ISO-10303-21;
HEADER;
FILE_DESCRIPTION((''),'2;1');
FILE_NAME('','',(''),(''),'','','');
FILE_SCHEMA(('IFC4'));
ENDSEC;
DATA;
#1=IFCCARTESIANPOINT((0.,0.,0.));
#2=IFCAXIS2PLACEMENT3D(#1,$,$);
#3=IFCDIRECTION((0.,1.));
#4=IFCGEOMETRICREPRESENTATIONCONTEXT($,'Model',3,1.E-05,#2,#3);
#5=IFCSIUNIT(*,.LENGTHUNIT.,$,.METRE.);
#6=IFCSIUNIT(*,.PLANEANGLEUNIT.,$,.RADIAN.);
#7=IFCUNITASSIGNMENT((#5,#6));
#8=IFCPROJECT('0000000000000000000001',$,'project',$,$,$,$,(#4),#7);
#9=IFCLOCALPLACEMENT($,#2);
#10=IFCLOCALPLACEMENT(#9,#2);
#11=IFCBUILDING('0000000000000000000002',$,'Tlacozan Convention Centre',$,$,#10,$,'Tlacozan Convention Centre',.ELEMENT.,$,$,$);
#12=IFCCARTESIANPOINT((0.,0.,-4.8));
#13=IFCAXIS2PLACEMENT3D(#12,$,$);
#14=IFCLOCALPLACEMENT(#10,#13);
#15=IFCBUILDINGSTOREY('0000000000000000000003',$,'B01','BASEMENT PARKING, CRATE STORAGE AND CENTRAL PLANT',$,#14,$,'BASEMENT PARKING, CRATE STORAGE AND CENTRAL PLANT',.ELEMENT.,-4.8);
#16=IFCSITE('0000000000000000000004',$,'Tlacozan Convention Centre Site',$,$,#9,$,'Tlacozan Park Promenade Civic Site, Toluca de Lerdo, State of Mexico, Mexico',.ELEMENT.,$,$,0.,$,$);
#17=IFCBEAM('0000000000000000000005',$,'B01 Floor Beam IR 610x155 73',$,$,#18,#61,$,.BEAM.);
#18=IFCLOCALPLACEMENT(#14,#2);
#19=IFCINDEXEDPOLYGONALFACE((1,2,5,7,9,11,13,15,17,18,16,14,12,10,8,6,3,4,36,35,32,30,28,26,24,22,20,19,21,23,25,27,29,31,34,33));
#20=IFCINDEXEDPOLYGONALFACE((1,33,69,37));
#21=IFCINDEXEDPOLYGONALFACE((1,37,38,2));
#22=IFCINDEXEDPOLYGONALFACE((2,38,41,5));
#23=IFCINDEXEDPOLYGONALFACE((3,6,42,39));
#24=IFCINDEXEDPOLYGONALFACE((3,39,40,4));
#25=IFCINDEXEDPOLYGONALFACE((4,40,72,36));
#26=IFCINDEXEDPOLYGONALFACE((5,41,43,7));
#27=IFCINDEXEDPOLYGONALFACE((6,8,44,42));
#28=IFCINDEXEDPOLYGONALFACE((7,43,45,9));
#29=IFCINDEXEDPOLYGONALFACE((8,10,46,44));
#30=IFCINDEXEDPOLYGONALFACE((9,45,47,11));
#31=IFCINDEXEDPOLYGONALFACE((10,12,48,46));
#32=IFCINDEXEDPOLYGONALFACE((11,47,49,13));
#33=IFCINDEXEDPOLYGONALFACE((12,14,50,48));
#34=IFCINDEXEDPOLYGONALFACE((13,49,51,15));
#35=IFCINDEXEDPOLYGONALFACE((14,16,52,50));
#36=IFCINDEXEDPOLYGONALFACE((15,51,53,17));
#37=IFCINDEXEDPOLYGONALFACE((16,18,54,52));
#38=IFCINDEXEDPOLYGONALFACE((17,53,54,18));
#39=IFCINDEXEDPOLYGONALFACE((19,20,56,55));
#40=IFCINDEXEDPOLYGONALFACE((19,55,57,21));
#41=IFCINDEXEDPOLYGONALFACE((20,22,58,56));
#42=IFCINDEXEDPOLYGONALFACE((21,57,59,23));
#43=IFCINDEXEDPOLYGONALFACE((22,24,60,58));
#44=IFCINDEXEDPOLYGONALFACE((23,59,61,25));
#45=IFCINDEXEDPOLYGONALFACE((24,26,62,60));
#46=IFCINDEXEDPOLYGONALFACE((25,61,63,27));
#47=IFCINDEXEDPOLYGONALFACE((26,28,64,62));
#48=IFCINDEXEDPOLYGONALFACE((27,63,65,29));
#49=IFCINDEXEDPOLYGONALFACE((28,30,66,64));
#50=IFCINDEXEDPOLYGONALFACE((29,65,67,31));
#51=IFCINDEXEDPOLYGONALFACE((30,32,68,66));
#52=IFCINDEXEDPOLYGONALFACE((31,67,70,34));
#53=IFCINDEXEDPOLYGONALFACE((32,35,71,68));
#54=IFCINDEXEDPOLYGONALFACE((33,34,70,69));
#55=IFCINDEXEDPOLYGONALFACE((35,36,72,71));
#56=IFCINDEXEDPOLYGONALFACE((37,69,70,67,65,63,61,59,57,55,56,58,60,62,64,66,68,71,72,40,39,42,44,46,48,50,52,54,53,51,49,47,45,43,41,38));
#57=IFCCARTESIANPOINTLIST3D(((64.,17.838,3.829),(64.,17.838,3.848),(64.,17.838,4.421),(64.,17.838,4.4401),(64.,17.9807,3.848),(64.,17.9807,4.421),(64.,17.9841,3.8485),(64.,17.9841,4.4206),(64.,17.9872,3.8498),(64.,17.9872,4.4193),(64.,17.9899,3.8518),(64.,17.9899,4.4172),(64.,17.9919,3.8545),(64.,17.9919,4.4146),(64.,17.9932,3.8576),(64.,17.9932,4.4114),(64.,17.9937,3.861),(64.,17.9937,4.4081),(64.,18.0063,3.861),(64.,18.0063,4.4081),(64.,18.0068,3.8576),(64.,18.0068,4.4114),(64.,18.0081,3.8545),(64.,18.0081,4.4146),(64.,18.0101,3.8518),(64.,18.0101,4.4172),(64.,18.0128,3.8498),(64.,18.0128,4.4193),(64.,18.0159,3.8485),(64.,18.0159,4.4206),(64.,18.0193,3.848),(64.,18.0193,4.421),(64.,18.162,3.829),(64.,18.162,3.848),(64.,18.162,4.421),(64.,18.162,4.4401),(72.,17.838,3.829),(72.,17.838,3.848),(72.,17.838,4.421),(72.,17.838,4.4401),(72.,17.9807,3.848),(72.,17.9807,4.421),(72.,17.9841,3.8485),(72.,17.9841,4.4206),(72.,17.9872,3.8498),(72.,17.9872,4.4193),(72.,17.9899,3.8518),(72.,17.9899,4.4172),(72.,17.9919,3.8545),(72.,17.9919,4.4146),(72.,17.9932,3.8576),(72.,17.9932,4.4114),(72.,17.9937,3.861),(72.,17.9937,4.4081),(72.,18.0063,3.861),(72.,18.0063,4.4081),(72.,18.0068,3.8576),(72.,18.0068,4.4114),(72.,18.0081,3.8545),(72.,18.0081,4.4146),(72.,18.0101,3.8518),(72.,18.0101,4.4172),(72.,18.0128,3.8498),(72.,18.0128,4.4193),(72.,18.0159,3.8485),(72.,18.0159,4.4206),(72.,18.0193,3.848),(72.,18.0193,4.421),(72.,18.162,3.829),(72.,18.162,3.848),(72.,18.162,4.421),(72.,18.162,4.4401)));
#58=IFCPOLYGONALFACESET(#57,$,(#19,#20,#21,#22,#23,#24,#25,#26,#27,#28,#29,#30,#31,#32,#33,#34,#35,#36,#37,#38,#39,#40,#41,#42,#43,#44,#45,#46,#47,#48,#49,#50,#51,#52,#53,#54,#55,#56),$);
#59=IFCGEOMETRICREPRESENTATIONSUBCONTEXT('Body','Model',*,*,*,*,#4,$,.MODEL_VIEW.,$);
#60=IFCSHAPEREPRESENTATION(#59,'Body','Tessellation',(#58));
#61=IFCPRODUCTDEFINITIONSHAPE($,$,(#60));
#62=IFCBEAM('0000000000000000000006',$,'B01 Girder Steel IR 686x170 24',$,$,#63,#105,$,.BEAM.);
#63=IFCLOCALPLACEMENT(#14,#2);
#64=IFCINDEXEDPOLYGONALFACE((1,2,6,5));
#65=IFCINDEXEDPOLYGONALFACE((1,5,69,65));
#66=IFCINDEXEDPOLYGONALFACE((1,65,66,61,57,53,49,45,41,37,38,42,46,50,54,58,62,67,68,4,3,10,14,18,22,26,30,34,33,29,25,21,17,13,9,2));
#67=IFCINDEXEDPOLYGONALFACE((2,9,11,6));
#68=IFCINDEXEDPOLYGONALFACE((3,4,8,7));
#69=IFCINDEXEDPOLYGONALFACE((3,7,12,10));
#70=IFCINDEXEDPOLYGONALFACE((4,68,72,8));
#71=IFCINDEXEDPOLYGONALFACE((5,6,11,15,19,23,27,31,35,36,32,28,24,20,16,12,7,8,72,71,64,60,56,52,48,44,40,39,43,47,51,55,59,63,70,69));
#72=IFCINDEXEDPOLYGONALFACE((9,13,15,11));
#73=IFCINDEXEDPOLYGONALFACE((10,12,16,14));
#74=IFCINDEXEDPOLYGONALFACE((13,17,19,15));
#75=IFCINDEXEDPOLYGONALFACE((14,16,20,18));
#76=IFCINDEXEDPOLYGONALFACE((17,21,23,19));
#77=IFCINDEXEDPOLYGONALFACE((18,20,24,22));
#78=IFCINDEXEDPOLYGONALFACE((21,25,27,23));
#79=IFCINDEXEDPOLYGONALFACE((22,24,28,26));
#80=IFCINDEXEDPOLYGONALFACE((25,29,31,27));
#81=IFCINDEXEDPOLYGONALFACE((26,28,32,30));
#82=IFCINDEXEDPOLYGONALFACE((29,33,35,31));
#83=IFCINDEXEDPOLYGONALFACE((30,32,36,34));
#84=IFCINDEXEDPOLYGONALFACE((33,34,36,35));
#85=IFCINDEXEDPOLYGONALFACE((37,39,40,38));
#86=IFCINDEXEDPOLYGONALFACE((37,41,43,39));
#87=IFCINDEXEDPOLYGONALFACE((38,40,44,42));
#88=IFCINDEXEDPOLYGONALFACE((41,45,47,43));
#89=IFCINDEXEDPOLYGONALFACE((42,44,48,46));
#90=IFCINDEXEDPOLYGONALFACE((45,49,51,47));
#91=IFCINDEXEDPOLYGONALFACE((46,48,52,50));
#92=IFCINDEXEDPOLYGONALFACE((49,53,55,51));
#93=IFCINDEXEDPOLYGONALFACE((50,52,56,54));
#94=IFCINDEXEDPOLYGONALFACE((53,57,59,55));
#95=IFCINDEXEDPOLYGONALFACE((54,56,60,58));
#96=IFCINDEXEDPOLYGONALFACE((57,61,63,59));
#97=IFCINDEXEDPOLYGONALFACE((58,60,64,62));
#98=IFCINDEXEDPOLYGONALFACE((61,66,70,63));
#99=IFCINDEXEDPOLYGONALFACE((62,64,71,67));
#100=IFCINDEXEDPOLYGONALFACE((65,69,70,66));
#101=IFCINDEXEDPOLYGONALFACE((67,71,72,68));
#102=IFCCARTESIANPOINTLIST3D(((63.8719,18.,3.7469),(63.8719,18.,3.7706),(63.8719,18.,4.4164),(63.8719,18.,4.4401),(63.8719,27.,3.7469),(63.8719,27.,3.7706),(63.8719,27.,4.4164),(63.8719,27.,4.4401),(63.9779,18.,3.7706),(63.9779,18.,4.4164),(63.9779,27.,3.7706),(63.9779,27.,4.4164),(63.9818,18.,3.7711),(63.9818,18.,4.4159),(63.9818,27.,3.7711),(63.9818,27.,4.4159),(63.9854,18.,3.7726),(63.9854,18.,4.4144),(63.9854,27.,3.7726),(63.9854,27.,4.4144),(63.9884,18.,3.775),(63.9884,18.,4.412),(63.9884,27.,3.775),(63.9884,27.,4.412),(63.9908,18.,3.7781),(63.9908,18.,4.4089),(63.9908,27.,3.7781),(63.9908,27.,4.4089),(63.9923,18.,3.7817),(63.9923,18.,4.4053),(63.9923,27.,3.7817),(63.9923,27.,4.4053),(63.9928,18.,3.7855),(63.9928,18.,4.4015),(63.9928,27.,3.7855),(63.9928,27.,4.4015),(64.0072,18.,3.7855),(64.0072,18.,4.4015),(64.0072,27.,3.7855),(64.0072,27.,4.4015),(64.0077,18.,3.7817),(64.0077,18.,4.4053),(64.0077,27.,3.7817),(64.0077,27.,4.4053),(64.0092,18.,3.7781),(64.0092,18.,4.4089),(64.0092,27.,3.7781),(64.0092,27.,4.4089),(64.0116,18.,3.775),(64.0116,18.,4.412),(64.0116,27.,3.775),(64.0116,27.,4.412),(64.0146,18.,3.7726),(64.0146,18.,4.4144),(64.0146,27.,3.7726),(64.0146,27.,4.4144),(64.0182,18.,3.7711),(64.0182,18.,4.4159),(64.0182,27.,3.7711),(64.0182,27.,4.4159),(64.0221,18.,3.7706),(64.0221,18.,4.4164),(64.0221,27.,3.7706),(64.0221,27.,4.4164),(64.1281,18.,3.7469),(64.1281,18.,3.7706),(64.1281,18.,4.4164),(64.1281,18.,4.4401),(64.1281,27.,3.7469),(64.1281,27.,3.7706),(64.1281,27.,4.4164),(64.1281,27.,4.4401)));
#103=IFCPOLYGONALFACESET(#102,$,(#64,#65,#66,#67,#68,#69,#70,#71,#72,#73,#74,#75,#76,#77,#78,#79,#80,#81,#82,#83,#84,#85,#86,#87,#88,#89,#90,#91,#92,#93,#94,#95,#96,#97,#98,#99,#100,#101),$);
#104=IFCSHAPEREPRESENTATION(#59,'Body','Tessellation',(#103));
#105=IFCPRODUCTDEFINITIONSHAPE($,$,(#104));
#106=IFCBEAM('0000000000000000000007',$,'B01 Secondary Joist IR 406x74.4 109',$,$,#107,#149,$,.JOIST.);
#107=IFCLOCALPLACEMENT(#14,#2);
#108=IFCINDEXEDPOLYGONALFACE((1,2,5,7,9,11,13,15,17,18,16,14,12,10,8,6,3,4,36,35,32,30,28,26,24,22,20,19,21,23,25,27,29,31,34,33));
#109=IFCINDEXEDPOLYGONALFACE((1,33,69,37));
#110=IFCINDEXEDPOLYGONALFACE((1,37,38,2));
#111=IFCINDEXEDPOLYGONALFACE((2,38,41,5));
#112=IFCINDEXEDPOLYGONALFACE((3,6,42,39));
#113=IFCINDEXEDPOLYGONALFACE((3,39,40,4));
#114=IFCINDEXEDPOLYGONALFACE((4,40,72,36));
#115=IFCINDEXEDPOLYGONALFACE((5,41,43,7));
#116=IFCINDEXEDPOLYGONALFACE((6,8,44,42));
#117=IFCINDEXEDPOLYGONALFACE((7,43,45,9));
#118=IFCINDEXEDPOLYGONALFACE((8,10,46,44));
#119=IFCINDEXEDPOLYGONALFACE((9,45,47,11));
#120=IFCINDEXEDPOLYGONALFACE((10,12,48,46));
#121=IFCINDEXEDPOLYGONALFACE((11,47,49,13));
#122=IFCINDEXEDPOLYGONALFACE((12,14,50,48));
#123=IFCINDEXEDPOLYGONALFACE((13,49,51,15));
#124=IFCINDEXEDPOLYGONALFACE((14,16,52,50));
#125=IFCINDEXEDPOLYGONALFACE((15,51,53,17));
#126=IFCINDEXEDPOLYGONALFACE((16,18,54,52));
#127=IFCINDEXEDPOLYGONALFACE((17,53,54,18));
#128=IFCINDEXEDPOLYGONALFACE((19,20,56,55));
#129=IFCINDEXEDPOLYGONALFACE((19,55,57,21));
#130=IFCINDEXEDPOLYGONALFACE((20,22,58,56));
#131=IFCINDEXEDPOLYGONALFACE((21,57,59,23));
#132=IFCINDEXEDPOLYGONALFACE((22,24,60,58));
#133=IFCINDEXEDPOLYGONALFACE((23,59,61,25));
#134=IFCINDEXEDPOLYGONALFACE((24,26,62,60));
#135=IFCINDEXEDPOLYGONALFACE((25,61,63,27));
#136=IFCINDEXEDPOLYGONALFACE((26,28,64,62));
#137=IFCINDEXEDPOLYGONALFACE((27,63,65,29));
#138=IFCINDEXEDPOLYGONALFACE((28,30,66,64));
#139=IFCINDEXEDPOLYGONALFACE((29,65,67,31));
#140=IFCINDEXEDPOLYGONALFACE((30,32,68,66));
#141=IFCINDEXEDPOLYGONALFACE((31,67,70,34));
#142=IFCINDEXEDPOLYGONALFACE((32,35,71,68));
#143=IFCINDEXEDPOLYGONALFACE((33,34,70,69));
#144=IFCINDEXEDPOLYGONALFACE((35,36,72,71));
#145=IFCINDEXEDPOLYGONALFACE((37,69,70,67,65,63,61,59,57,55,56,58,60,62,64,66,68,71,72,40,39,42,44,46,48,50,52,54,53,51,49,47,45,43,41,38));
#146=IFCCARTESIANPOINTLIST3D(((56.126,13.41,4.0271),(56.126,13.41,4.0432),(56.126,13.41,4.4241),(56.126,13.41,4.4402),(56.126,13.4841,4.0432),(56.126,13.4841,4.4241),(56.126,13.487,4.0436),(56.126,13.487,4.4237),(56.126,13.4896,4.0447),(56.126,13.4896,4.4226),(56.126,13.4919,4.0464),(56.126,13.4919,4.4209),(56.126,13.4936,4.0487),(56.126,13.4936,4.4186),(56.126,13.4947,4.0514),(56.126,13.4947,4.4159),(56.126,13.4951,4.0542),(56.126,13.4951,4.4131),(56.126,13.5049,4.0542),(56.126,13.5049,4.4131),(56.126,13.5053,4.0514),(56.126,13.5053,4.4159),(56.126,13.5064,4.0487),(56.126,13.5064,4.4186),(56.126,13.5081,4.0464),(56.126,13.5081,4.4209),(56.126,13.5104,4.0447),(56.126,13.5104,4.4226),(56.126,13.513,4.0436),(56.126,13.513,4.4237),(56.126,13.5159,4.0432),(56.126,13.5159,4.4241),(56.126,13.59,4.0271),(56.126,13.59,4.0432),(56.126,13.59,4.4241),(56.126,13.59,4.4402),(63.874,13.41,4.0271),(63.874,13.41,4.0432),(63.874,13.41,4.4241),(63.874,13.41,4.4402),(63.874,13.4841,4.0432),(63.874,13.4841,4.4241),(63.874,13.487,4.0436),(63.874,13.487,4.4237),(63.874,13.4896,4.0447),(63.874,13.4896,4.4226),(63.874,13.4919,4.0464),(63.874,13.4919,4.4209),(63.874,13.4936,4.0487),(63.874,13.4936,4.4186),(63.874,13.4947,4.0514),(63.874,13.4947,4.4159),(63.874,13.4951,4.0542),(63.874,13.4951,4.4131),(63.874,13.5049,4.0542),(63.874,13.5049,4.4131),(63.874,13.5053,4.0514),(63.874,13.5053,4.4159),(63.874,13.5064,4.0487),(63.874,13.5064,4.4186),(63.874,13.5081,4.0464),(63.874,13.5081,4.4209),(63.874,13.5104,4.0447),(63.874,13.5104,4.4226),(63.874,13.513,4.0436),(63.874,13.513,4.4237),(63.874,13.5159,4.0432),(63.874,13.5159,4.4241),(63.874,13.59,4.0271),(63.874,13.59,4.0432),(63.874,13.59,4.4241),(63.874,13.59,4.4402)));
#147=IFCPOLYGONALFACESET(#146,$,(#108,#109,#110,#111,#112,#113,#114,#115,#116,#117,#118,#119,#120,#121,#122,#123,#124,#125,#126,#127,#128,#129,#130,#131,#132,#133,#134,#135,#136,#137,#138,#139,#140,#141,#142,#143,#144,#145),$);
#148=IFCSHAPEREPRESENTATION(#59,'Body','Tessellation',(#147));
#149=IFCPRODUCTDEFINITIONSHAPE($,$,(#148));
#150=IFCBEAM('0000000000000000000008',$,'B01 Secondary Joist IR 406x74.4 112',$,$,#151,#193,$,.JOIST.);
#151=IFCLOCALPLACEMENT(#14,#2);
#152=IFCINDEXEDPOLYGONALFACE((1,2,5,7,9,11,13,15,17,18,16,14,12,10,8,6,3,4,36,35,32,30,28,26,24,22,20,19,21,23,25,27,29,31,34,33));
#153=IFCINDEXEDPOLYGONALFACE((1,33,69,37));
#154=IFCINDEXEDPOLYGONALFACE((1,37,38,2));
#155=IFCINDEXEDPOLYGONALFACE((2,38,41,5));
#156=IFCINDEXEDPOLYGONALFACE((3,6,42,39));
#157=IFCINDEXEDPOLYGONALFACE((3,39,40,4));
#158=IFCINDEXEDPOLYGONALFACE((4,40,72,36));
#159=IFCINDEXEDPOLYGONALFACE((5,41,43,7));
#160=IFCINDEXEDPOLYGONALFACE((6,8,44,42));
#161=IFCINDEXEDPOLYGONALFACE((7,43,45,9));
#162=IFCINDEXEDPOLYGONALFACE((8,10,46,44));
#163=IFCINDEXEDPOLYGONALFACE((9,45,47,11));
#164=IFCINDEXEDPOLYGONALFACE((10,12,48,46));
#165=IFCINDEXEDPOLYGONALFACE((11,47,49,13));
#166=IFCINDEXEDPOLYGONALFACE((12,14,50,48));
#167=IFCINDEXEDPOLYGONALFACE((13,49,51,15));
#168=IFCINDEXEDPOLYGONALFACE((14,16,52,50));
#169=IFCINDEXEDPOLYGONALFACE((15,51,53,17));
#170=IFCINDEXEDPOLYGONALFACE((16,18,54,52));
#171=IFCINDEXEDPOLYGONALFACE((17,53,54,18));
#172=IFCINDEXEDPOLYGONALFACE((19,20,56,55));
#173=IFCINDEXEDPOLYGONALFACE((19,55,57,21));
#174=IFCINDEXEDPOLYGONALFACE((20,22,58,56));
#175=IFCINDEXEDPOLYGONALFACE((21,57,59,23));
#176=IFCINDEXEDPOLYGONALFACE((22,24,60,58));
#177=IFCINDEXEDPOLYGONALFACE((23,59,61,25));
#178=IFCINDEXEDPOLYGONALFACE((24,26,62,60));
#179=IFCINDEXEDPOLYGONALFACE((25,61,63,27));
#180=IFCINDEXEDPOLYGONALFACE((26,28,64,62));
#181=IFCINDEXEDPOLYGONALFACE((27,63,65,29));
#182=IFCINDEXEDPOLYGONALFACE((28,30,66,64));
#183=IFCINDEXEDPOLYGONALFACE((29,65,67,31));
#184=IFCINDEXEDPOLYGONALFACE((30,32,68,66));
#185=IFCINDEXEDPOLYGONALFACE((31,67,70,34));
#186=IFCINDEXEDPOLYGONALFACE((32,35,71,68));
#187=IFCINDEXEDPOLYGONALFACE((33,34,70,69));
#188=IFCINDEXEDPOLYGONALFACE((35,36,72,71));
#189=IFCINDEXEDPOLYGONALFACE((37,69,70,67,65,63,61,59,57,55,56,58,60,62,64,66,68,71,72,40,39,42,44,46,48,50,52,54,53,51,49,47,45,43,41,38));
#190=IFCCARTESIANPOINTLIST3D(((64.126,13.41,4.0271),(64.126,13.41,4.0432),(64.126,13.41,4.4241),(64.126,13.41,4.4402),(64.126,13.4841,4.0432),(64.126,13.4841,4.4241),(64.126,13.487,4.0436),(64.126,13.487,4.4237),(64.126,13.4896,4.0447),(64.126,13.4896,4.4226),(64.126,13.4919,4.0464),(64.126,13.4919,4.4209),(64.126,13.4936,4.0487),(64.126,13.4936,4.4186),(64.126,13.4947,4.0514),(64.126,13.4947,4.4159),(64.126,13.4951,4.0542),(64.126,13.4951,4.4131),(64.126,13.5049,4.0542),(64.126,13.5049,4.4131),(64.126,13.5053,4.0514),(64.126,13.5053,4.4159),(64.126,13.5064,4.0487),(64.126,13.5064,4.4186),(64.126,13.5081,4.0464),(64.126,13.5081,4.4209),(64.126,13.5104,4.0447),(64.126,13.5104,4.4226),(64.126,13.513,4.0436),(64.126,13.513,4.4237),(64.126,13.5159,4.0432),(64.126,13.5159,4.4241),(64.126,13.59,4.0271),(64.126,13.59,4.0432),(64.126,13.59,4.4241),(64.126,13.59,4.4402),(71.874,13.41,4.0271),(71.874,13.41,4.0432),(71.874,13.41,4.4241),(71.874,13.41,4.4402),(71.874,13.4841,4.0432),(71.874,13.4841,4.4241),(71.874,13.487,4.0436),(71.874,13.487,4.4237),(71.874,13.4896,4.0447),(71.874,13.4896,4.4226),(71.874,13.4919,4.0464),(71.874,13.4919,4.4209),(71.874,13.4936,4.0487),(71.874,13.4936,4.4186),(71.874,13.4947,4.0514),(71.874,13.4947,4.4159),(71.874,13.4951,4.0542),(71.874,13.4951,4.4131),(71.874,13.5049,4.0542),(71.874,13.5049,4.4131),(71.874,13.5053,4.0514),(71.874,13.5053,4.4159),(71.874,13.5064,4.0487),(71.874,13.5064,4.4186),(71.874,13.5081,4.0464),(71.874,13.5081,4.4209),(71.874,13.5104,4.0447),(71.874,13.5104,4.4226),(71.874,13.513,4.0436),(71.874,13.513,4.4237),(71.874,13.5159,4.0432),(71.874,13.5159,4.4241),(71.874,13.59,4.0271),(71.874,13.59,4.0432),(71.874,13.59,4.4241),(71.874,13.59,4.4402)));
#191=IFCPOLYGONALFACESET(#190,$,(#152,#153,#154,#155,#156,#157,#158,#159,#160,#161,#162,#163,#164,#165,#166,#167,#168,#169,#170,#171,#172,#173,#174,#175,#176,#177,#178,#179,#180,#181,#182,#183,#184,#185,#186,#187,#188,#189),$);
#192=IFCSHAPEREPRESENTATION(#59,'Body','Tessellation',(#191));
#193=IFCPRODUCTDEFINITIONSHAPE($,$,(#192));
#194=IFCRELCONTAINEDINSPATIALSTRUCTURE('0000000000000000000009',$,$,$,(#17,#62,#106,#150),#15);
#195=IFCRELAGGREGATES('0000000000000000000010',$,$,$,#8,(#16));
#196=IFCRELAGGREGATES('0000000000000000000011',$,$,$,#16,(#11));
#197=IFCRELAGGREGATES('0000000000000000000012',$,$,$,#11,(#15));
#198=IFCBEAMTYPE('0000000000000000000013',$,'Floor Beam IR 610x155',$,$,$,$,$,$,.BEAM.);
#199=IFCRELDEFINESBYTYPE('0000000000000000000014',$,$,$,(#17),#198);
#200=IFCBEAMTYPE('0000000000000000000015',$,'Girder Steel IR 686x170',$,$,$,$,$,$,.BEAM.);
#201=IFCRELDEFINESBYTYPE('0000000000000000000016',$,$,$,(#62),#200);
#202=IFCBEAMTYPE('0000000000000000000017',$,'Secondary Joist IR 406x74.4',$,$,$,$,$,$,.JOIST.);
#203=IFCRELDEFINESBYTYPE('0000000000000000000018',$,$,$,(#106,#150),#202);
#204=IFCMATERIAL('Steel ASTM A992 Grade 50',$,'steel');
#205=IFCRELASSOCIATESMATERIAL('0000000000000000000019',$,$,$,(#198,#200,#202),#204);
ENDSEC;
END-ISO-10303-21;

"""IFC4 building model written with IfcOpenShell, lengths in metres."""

from ifc_helpers import new_model, si_unit, direction, frame, origin, origin_2d, place, context, subcontext, project, spatial, i_section, extrude, material, material_profile, profile_set, type_object, element, save


model = new_model("IFC4")

# Units and contexts
model_context = context("Model", 3, precision=1e-05, world=origin(), true_north=direction((0.0, 1.0)))
body_context = subcontext(model_context, "Body", "Model", "MODEL_VIEW")
ifc_project = project(units=[si_unit("LENGTHUNIT", "METRE"), si_unit("PLANEANGLEUNIT", "RADIAN")], contexts=[model_context])

# Site, building, storey
site_placement = place(None, origin())
site = spatial("IfcSite", under=ifc_project, at=site_placement, Name="Tlacozan Convention Centre Site", LongName="Tlacozan Park Promenade Civic Site, Toluca de Lerdo, State of Mexico, Mexico", CompositionType="ELEMENT", RefElevation=0.0)
building_placement = place(site_placement, origin())
building = spatial("IfcBuilding", under=site, at=building_placement, Name="Tlacozan Convention Centre", LongName="Tlacozan Convention Centre", CompositionType="ELEMENT")
storey_placement = place(building_placement, frame((0.0, 0.0, -4.8)))
storey = spatial("IfcBuildingStorey", under=building, at=storey_placement, Name="B01", Description="BASEMENT PARKING, CRATE STORAGE AND CENTRAL PLANT", LongName="BASEMENT PARKING, CRATE STORAGE AND CENTRAL PLANT", CompositionType="ELEMENT", Elevation=-4.8)

# Beams
ifc_material_1 = material(Name="Steel ASTM A992 Grade 50", Category="steel")
ifc_material_profile_1 = material_profile(ifc_material_1, i_section(OverallWidth=0.324, OverallDepth=0.6111, WebThickness=0.0127, FlangeThickness=0.019, FilletRadius=0.0129, at=origin_2d()), Name="IR 610x155.0")
ifc_profile_set_1 = profile_set([ifc_material_profile_1], Name="Steel ASTM A992 Grade 50")
beam_type_1 = type_object("IfcBeamType", Name="Floor Beam IR 610x155", PredefinedType="BEAM", material=ifc_profile_set_1)
beam_1_placement = place(storey_placement, frame((64.0, 18.0, 4.1345), z_axis=(1.0, 0.0, 0.0), x_axis=(0.0, 1.0, 0.0)))
element("IfcBeam", 1, at=beam_1_placement, inside=storey, type_object=beam_type_1, Name="B01 Floor Beam IR 610x155 73", PredefinedType="BEAM", context=body_context, shape_type="SweptSolid", body=[
    extrude(i_section(OverallWidth=0.324, OverallDepth=0.6111, WebThickness=0.0127, FlangeThickness=0.019, FilletRadius=0.0129, at=origin_2d()), origin(), (0.0, 0.0, 1.0), 8.0),
])
ifc_material_profile_2 = material_profile(ifc_material_1, i_section(OverallWidth=0.2561, OverallDepth=0.6931, WebThickness=0.0144, FlangeThickness=0.0237, FilletRadius=0.0149, at=origin_2d()), Name="IR 686x170.0")
ifc_profile_set_2 = profile_set([ifc_material_profile_2], Name="Steel ASTM A992 Grade 50")
beam_type_2 = type_object("IfcBeamType", Name="Girder Steel IR 686x170", PredefinedType="BEAM", material=ifc_profile_set_2)
beam_2_placement = place(storey_placement, frame((64.0, 18.0, 4.0935), z_axis=(0.0, 1.0, 0.0), x_axis=(-1.0, 0.0, 0.0)))
element("IfcBeam", 2, at=beam_2_placement, inside=storey, type_object=beam_type_2, Name="B01 Girder Steel IR 686x170 24", PredefinedType="BEAM", context=body_context, shape_type="SweptSolid", body=[
    extrude(i_section(OverallWidth=0.2561, OverallDepth=0.6931, WebThickness=0.0144, FlangeThickness=0.0237, FilletRadius=0.0149, at=origin_2d()), origin(), (0.0, 0.0, 1.0), 9.0),
])
ifc_material_profile_3 = material_profile(ifc_material_1, i_section(OverallWidth=0.1799, OverallDepth=0.4131, WebThickness=0.0098, FlangeThickness=0.0161, FilletRadius=0.011, at=origin_2d()), Name="IR 406x74.4")
ifc_profile_set_3 = profile_set([ifc_material_profile_3], Name="Steel ASTM A992 Grade 50")
beam_type_3 = type_object("IfcBeamType", Name="Secondary Joist IR 406x74.4", PredefinedType="JOIST", material=ifc_profile_set_3)
for number, where, z_axis, x_axis, name in (
    (3, (56.126, 13.5, 4.2336), (1.0, 0.0, 0.0), (0.0, 1.0, 0.0), "B01 Secondary Joist IR 406x74.4 109"),
    (4, (64.126, 13.5, 4.2336), (1.0, 0.0, 0.0), (0.0, 1.0, 0.0), "B01 Secondary Joist IR 406x74.4 112"),
):
    element("IfcBeam", number, at=place(storey_placement, frame(where, z_axis=z_axis, x_axis=x_axis)), inside=storey, type_object=beam_type_3, Name=name, PredefinedType="JOIST", context=body_context, shape_type="SweptSolid", body=[
        extrude(i_section(OverallWidth=0.1799, OverallDepth=0.4131, WebThickness=0.0098, FlangeThickness=0.0161, FilletRadius=0.011, at=origin_2d()), origin(), (0.0, 0.0, 1.0), 7.748),
    ])

save(model, "model.ifc")
